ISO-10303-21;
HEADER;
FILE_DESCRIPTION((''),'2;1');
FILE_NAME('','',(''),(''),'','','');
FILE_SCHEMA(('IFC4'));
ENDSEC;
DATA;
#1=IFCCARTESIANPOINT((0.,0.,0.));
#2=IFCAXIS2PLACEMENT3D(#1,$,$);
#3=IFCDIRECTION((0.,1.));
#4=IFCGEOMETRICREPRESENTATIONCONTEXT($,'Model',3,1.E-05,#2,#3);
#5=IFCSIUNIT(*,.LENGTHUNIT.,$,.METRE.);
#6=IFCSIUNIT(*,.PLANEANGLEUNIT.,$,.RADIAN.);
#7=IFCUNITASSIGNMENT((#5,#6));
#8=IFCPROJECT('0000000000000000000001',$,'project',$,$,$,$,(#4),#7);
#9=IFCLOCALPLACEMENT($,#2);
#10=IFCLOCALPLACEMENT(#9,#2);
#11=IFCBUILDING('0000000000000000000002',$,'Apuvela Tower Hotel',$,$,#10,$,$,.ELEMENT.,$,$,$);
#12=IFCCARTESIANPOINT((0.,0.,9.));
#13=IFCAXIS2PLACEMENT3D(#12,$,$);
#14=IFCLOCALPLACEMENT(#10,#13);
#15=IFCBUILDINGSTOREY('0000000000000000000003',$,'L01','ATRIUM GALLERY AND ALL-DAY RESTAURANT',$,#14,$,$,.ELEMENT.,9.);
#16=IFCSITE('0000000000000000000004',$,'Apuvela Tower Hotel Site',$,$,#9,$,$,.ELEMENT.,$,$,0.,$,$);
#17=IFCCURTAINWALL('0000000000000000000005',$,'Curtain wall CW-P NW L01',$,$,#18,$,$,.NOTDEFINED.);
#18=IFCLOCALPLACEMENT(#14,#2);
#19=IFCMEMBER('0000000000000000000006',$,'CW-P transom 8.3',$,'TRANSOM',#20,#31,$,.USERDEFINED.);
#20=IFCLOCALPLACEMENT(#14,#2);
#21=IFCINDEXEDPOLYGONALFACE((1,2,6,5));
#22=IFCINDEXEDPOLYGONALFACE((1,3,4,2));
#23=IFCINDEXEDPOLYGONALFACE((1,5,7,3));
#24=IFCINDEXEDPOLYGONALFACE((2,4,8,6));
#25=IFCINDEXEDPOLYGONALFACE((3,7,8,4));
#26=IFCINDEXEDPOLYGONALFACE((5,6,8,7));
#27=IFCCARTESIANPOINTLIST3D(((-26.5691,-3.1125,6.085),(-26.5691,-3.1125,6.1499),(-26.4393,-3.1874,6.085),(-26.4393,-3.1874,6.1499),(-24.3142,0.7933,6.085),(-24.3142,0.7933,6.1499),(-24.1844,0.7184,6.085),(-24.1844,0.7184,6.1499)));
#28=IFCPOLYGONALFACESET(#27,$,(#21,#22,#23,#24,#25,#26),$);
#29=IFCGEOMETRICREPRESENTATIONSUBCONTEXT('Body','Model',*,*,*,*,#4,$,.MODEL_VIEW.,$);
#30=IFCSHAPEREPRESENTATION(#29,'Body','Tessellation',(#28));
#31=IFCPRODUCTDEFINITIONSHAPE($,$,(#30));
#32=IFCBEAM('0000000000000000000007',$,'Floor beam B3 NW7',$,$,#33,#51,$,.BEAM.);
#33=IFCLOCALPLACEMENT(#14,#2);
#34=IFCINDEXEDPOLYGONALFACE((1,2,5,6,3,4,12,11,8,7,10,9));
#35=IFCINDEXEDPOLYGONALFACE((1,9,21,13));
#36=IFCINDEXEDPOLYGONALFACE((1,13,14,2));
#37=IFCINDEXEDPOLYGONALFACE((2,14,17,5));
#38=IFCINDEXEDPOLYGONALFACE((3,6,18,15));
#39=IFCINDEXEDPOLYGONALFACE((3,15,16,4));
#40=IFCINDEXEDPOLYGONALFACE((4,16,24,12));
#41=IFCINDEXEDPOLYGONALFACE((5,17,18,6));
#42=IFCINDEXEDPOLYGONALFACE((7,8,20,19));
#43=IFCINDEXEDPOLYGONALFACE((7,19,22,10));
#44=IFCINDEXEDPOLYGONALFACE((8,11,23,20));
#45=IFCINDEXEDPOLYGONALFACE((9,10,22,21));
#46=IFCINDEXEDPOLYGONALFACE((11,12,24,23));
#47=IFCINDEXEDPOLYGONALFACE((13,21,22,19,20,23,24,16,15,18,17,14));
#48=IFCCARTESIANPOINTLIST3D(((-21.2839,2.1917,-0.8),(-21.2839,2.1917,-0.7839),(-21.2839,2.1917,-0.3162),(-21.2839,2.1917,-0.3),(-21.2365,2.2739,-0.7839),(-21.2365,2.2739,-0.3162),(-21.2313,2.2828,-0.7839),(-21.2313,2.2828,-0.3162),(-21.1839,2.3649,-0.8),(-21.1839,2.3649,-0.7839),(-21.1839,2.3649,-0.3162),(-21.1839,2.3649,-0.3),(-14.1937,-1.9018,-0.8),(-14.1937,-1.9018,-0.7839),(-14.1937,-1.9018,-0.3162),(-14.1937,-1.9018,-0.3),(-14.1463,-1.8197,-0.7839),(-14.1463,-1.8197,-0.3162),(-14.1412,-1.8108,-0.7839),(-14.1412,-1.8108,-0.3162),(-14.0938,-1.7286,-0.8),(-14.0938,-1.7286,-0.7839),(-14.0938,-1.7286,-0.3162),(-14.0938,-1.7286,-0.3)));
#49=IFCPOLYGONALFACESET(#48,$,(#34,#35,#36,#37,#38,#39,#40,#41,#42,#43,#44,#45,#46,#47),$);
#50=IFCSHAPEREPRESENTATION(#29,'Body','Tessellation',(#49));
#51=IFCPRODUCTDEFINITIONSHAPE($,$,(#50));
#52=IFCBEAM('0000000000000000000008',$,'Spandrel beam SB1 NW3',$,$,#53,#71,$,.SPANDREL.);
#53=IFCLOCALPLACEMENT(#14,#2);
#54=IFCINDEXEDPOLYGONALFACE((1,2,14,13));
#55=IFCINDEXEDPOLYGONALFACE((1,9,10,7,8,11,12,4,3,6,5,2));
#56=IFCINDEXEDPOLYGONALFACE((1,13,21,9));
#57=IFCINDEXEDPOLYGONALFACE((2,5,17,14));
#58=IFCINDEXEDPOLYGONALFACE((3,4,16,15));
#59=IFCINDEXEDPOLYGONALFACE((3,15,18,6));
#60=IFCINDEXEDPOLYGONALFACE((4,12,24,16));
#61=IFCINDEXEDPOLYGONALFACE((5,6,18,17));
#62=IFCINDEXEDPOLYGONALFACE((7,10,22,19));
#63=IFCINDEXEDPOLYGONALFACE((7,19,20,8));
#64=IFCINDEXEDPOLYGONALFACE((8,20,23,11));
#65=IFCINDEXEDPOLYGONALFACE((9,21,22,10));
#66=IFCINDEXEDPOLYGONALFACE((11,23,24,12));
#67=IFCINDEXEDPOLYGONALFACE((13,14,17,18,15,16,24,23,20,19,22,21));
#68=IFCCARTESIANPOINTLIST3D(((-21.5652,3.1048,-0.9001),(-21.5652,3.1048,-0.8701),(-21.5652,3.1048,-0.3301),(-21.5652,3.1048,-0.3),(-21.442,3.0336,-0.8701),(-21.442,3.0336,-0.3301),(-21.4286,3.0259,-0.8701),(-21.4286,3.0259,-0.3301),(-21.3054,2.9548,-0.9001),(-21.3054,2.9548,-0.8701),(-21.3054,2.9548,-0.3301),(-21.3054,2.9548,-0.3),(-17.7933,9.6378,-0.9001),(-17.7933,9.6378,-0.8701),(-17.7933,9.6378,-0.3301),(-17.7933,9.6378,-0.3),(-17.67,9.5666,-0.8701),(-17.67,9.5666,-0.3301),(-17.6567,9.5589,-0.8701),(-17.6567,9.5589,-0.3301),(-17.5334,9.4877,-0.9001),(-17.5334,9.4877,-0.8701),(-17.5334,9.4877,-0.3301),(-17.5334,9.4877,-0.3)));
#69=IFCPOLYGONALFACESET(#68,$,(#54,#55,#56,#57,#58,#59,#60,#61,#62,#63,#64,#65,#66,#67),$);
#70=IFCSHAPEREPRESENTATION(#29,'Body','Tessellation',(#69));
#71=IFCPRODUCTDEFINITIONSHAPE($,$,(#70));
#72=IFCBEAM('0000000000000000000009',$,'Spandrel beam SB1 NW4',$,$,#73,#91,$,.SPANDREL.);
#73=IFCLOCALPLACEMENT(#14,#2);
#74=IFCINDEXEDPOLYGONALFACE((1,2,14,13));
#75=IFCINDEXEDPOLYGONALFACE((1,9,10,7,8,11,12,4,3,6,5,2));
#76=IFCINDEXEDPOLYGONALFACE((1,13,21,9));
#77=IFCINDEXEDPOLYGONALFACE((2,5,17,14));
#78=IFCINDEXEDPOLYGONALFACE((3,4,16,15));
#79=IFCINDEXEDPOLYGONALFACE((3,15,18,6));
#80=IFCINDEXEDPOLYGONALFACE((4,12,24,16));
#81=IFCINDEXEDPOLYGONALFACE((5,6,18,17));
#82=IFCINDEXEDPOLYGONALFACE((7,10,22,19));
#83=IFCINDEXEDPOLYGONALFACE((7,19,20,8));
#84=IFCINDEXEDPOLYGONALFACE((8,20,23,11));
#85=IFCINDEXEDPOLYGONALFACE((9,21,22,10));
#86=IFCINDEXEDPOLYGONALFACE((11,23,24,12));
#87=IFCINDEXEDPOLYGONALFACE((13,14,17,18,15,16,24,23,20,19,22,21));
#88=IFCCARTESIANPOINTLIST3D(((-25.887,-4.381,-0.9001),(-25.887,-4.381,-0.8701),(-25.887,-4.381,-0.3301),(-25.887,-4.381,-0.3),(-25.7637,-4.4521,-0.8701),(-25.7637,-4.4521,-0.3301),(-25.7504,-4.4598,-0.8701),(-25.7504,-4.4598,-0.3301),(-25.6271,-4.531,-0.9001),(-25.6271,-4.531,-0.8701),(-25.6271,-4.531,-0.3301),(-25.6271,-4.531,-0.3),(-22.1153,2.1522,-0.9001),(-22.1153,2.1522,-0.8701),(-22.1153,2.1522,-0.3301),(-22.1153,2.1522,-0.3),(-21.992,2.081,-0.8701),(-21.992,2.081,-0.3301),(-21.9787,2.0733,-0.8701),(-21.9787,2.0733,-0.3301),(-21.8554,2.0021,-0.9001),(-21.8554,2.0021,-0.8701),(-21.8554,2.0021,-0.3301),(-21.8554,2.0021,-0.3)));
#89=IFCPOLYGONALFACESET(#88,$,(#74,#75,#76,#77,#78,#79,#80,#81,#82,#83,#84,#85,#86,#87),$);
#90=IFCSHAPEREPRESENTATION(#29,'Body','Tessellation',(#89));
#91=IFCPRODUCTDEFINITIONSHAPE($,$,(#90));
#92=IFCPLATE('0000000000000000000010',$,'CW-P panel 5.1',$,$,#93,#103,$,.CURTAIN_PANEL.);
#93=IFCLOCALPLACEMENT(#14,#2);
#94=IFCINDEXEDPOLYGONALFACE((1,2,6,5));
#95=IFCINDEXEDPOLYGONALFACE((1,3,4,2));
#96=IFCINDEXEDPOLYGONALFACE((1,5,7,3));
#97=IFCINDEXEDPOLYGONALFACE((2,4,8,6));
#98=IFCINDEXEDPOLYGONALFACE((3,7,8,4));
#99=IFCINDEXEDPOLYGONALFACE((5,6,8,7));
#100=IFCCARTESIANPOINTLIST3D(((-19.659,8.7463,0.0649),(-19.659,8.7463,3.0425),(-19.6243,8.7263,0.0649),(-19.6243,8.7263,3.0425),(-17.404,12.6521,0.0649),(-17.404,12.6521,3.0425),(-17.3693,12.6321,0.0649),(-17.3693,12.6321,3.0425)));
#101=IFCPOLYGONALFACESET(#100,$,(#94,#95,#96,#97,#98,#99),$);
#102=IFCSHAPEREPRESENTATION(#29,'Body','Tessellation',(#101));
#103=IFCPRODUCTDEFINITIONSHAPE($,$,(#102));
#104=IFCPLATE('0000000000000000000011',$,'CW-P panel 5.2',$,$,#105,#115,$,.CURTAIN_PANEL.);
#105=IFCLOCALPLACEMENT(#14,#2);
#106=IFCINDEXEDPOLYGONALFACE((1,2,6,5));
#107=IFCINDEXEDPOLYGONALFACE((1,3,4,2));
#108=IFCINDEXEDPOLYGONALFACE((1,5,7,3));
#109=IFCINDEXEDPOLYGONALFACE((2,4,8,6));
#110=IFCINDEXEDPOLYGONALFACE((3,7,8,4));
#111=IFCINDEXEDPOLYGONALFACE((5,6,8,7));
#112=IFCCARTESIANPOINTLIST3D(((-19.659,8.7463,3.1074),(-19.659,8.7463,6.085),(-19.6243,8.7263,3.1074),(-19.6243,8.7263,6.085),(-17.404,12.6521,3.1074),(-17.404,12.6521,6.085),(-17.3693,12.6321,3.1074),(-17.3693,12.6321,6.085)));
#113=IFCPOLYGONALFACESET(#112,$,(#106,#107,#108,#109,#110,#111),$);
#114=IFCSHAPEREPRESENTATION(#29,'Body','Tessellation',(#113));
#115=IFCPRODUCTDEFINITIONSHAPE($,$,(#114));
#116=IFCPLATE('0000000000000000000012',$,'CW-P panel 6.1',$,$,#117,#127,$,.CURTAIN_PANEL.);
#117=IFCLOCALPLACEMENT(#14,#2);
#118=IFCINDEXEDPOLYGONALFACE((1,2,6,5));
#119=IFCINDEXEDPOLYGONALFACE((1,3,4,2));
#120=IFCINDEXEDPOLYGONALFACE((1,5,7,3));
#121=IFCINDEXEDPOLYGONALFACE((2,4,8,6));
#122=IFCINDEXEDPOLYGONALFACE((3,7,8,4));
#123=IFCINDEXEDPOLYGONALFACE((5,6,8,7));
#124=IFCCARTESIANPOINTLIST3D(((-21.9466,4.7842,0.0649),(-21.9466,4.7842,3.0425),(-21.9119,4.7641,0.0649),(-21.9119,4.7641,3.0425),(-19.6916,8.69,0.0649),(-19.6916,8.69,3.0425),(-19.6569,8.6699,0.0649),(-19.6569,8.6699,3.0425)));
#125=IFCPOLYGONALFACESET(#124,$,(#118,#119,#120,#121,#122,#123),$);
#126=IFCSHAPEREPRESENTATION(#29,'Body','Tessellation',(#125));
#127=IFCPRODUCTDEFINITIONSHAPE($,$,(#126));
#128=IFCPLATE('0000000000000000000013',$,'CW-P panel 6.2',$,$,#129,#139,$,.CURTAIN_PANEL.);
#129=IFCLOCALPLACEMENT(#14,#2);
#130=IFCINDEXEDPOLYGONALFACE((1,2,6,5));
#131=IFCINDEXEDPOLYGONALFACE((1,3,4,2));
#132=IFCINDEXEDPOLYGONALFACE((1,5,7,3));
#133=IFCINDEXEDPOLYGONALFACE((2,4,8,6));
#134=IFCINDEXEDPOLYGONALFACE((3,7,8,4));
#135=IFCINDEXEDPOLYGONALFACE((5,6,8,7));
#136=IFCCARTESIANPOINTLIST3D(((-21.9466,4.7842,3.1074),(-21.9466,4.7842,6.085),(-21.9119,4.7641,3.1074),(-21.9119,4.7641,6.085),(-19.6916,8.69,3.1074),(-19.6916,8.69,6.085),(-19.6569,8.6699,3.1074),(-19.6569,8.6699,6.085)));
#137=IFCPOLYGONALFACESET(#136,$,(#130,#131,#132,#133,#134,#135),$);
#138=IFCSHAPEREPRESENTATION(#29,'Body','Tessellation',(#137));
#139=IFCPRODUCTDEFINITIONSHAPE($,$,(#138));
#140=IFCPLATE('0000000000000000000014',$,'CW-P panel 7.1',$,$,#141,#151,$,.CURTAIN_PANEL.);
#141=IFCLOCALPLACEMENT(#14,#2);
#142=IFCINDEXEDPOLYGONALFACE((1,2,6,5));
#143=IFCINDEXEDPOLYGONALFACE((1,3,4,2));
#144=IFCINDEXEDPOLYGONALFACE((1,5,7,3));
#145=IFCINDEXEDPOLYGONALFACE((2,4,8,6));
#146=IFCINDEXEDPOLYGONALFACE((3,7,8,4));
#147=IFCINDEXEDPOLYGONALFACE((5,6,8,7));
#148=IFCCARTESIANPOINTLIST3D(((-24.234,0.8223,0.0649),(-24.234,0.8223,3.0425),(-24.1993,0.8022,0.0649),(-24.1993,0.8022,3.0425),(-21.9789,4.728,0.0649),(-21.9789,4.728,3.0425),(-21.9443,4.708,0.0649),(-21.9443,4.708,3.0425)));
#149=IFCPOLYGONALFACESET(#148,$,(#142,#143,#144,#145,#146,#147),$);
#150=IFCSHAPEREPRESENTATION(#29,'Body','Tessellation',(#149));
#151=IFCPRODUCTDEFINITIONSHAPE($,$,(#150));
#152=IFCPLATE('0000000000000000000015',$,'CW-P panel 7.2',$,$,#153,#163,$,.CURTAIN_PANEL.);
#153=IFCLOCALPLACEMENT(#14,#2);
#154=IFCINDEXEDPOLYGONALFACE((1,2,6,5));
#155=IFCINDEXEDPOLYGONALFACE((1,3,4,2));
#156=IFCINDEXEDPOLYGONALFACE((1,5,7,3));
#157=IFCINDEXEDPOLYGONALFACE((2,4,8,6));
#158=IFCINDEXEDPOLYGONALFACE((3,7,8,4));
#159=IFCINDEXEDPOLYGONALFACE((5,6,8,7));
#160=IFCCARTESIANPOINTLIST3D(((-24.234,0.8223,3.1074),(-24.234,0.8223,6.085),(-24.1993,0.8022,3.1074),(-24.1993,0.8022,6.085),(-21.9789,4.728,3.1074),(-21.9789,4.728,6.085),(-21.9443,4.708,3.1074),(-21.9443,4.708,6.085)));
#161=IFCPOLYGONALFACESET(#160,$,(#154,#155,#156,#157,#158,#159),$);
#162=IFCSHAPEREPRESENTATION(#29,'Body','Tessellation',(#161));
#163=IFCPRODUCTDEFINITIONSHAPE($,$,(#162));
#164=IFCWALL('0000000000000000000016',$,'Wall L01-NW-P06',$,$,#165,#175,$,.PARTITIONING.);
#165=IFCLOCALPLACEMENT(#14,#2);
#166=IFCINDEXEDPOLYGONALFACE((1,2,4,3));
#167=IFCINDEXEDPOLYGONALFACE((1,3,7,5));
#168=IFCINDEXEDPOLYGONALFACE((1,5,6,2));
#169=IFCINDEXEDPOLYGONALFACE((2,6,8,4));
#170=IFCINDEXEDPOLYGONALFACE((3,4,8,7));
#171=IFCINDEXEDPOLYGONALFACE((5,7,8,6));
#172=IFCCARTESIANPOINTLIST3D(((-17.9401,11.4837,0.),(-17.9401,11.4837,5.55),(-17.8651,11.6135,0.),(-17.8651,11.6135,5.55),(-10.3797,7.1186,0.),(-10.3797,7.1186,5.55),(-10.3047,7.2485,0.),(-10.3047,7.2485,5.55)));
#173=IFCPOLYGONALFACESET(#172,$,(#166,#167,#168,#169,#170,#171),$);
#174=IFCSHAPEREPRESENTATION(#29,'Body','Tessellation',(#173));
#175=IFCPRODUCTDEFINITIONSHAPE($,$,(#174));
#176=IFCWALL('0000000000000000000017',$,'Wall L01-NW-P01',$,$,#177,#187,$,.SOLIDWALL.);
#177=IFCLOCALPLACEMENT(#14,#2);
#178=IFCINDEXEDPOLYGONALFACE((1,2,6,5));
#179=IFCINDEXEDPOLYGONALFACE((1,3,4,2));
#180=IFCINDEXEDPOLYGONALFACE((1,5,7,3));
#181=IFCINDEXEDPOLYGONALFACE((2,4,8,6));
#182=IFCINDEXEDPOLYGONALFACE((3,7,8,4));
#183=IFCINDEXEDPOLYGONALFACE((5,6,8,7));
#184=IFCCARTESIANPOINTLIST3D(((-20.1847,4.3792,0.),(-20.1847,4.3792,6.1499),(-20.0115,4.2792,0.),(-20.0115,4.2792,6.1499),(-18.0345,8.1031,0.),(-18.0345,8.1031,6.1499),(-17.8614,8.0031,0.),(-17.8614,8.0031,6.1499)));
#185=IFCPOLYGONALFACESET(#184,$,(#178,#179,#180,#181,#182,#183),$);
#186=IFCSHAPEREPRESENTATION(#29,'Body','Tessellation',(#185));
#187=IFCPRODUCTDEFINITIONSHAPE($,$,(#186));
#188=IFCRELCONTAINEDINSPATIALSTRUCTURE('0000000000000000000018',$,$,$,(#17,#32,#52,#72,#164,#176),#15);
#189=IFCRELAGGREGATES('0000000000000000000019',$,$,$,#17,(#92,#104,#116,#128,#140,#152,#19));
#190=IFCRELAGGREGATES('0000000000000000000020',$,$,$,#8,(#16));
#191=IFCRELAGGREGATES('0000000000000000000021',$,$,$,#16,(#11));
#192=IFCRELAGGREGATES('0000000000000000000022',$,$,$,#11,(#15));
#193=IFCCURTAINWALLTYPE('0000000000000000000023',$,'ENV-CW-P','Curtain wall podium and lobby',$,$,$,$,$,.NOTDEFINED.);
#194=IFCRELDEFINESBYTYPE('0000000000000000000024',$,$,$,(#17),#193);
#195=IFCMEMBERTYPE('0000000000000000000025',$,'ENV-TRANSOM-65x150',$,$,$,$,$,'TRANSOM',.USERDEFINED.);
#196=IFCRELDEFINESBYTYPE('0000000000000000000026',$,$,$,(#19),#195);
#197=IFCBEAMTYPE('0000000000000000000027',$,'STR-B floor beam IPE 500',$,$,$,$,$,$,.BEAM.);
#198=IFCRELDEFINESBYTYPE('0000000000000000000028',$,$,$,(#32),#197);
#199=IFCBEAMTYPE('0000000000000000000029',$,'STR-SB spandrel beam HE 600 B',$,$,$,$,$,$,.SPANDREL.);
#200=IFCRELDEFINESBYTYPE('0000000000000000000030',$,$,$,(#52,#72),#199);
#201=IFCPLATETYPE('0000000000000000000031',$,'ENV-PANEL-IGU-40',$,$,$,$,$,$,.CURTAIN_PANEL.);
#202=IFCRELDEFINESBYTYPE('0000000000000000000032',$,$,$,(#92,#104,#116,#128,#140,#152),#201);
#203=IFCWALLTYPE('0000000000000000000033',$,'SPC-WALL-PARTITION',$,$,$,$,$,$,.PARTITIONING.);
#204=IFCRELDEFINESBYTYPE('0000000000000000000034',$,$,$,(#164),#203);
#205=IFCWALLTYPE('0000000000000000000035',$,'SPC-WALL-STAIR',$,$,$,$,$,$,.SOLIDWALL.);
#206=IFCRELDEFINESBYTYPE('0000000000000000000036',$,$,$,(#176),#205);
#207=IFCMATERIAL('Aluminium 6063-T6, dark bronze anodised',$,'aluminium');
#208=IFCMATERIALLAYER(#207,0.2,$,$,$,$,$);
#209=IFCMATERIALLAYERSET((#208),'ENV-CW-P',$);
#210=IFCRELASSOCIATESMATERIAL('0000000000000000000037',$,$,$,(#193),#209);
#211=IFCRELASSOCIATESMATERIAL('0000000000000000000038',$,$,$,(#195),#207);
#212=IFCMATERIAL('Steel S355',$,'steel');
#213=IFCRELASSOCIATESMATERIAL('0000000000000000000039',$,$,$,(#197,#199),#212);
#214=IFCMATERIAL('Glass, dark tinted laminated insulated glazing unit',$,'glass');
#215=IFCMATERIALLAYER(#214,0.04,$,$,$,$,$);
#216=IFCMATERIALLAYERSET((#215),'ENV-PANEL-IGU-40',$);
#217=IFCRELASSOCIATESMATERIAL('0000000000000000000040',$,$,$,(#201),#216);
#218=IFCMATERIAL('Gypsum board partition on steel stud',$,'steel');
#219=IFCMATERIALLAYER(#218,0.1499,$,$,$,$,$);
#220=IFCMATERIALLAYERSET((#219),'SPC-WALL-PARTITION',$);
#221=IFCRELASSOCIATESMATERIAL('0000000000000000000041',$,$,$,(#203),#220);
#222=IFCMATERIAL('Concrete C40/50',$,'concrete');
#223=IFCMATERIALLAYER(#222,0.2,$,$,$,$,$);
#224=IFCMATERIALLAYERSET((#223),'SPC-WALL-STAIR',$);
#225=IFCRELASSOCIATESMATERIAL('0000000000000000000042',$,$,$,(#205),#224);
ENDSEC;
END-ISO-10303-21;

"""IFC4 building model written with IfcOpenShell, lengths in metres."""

from ifc_helpers import new_model, si_unit, direction, frame, frame_2d, origin, origin_2d, place, context, subcontext, project, spatial, rectangle, i_section, extrude, material, layer, layer_set, material_profile, profile_set, type_object, element, aggregate, save


model = new_model("IFC4")

# Units and contexts
model_context = context("Model", 3, precision=1e-05, world=origin(), true_north=direction((0.0, 1.0)))
body_context = subcontext(model_context, "Body", "Model", "MODEL_VIEW")
ifc_project = project(units=[si_unit("LENGTHUNIT", "METRE"), si_unit("PLANEANGLEUNIT", "RADIAN")], contexts=[model_context])

# Site, building, storey
site_placement = place(None, origin())
site = spatial("IfcSite", under=ifc_project, at=site_placement, Name="Apuvela Tower Hotel Site", CompositionType="ELEMENT", RefElevation=0.0)
building_placement = place(site_placement, origin())
building = spatial("IfcBuilding", under=site, at=building_placement, Name="Apuvela Tower Hotel", CompositionType="ELEMENT")
storey_placement = place(building_placement, frame((0.0, 0.0, 9.0)))
storey = spatial("IfcBuildingStorey", under=building, at=storey_placement, Name="L01", Description="ATRIUM GALLERY AND ALL-DAY RESTAURANT", CompositionType="ELEMENT", Elevation=9.0)

# Curtain wall, member
ifc_material_1 = material(Name="Aluminium 6063-T6, dark bronze anodised", Category="aluminium")
ifc_layer_1 = layer(ifc_material_1, 0.2)
ifc_layer_set_1 = layer_set([ifc_layer_1], Name="ENV-CW-P")
curtain_wall_type = type_object("IfcCurtainWallType", Name="ENV-CW-P", Description="Curtain wall podium and lobby", PredefinedType="NOTDEFINED", material=ifc_layer_set_1)
curtain_wall_placement = place(storey_placement, origin())
curtain_wall = element("IfcCurtainWall", 1, at=curtain_wall_placement, inside=storey, type_object=curtain_wall_type, Name="Curtain wall CW-P NW L01", PredefinedType="NOTDEFINED")
ifc_material_profile_1 = material_profile(ifc_material_1, rectangle(XDim=0.1499, YDim=0.0649, at=origin_2d()), Name="AL 65x150 transom")
ifc_profile_set_1 = profile_set([ifc_material_profile_1], Name="Aluminium 6063-T6, dark bronze anodised")
member_type_1 = type_object("IfcMemberType", Name="ENV-TRANSOM-65x150", ElementType="TRANSOM", PredefinedType="USERDEFINED", material=ifc_profile_set_1)
member_1_placement = place(storey_placement, frame((-24.2493, 0.7559, 6.1174), z_axis=(-0.499982, -0.866036, 0.0), x_axis=(0.866036, -0.499982, 0.0)))
member_1 = element("IfcMember", 2, at=member_1_placement, type_object=member_type_1, Name="CW-P transom 8.3", ObjectType="TRANSOM", PredefinedType="USERDEFINED", context=body_context, shape_type="SweptSolid", body=[
    extrude(rectangle(XDim=0.1499, YDim=0.0649, at=origin_2d()), origin(), (0.0, 0.0, 1.0), 4.51),
])

# Beams
ifc_material_2 = material(Name="Steel S355", Category="steel")
ifc_material_profile_2 = material_profile(ifc_material_2, i_section(OverallWidth=0.2, OverallDepth=0.5, WebThickness=0.0103, FlangeThickness=0.0161, at=origin_2d()), Name="IPE 500")
ifc_profile_set_2 = profile_set([ifc_material_profile_2], Name="Steel S355")
beam_type_1 = type_object("IfcBeamType", Name="STR-B floor beam IPE 500", PredefinedType="BEAM", material=ifc_profile_set_2)
beam_placement = place(storey_placement, frame((-21.2339, 2.2783, -0.55), z_axis=(0.866023, -0.500004, 0.0), x_axis=(0.500004, 0.866023, 0.0)))
element("IfcBeam", 3, at=beam_placement, inside=storey, type_object=beam_type_1, Name="Floor beam B3 NW7", PredefinedType="BEAM", context=body_context, shape_type="SweptSolid", body=[
    extrude(i_section(OverallWidth=0.2, OverallDepth=0.5, WebThickness=0.0103, FlangeThickness=0.0161, at=origin_2d()), origin(), (0.0, 0.0, 1.0), 8.187),
])
ifc_material_profile_3 = material_profile(ifc_material_2, i_section(OverallWidth=0.3, OverallDepth=0.6001, WebThickness=0.0154, FlangeThickness=0.03, at=origin_2d()), Name="HE 600 B")
ifc_profile_set_3 = profile_set([ifc_material_profile_3], Name="Steel S355")
beam_type_2 = type_object("IfcBeamType", Name="STR-SB spandrel beam HE 600 B", PredefinedType="SPANDREL", material=ifc_profile_set_3)
for number, where, z_axis, x_axis, name in (
    (4, (-17.6633, 9.5627, -0.6001), (-0.500017, -0.866016, 0.0), (0.866016, -0.500017, 0.0), "Spandrel beam SB1 NW3"),
    (5, (-21.9854, 2.0771, -0.6001), (-0.499978, -0.866038, 0.0), (0.866038, -0.499978, 0.0), "Spandrel beam SB1 NW4"),
):
    element("IfcBeam", number, at=place(storey_placement, frame(where, z_axis=z_axis, x_axis=x_axis)), inside=storey, type_object=beam_type_2, Name=name, PredefinedType="SPANDREL", context=body_context, shape_type="SweptSolid", body=[
        extrude(i_section(OverallWidth=0.3, OverallDepth=0.6001, WebThickness=0.0154, FlangeThickness=0.03, at=origin_2d()), origin(), (0.0, 0.0, 1.0), 7.5437),
    ])

# Plates
ifc_material_3 = material(Name="Glass, dark tinted laminated insulated glazing unit", Category="glass")
ifc_layer_2 = layer(ifc_material_3, 0.04)
ifc_layer_set_2 = layer_set([ifc_layer_2], Name="ENV-PANEL-IGU-40")
plate_type = type_object("IfcPlateType", Name="ENV-PANEL-IGU-40", PredefinedType="CURTAIN_PANEL", material=ifc_layer_set_2)
plate_1_placement = place(storey_placement, frame((-18.5142, 10.6892, 0.0649), z_axis=(0.0, 0.0, 1.0), x_axis=(-0.5, -0.866025, 0.0)))
plate_1 = element("IfcPlate", 6, at=plate_1_placement, type_object=plate_type, Name="CW-P panel 5.1", PredefinedType="CURTAIN_PANEL", context=body_context, shape_type="SweptSolid", body=[
    extrude(rectangle(XDim=4.51, YDim=0.04, at=origin_2d()), origin(), (0.0, 0.0, 1.0), 2.9775),
])
plate_2_placement = place(storey_placement, frame((-18.5142, 10.6892, 3.1074), z_axis=(0.0, 0.0, 1.0), x_axis=(-0.5, -0.866025, 0.0)))
plate_2 = element("IfcPlate", 7, at=plate_2_placement, type_object=plate_type, Name="CW-P panel 5.2", PredefinedType="CURTAIN_PANEL", context=body_context, shape_type="SweptSolid", body=[
    extrude(rectangle(XDim=4.51, YDim=0.04, at=origin_2d()), origin(), (0.0, 0.0, 1.0), 2.9775),
])
plate_3_placement = place(storey_placement, frame((-20.8018, 6.7271, 0.0649), z_axis=(0.0, 0.0, 1.0), x_axis=(-0.5, -0.866025, 0.0)))
plate_3 = element("IfcPlate", 8, at=plate_3_placement, type_object=plate_type, Name="CW-P panel 6.1", PredefinedType="CURTAIN_PANEL", context=body_context, shape_type="SweptSolid", body=[
    extrude(rectangle(XDim=4.51, YDim=0.04, at=origin_2d()), origin(), (0.0, 0.0, 1.0), 2.9775),
])
plate_4_placement = place(storey_placement, frame((-20.8018, 6.7271, 3.1074), z_axis=(0.0, 0.0, 1.0), x_axis=(-0.5, -0.866025, 0.0)))
plate_4 = element("IfcPlate", 9, at=plate_4_placement, type_object=plate_type, Name="CW-P panel 6.2", PredefinedType="CURTAIN_PANEL", context=body_context, shape_type="SweptSolid", body=[
    extrude(rectangle(XDim=4.51, YDim=0.04, at=origin_2d()), origin(), (0.0, 0.0, 1.0), 2.9775),
])
plate_5_placement = place(storey_placement, frame((-23.0891, 2.7651, 0.0649), z_axis=(0.0, 0.0, 1.0), x_axis=(-0.5, -0.866025, 0.0)))
plate_5 = element("IfcPlate", 10, at=plate_5_placement, type_object=plate_type, Name="CW-P panel 7.1", PredefinedType="CURTAIN_PANEL", context=body_context, shape_type="SweptSolid", body=[
    extrude(rectangle(XDim=4.51, YDim=0.04, at=origin_2d()), origin(), (0.0, 0.0, 1.0), 2.9775),
])
plate_6_placement = place(storey_placement, frame((-23.0891, 2.7651, 3.1074), z_axis=(0.0, 0.0, 1.0), x_axis=(-0.5, -0.866025, 0.0)))
plate_6 = element("IfcPlate", 11, at=plate_6_placement, type_object=plate_type, Name="CW-P panel 7.2", PredefinedType="CURTAIN_PANEL", context=body_context, shape_type="SweptSolid", body=[
    extrude(rectangle(XDim=4.51, YDim=0.04, at=origin_2d()), origin(), (0.0, 0.0, 1.0), 2.9775),
])
aggregate(curtain_wall, [plate_1, plate_2, plate_3, plate_4, plate_5, plate_6, member_1])

# Walls
ifc_material_4 = material(Name="Gypsum board partition on steel stud", Category="steel")
ifc_layer_3 = layer(ifc_material_4, 0.1499)
ifc_layer_set_3 = layer_set([ifc_layer_3], Name="SPC-WALL-PARTITION")
wall_type_1 = type_object("IfcWallType", Name="SPC-WALL-PARTITION", PredefinedType="PARTITIONING", material=ifc_layer_set_3)
wall_1_placement = place(storey_placement, frame((-17.9026, 11.5486, 0.0), z_axis=(0.0, 0.0, 1.0), x_axis=(0.866023, -0.500004, 0.0)))
element("IfcWall", 12, at=wall_1_placement, inside=storey, type_object=wall_type_1, Name="Wall L01-NW-P06", PredefinedType="PARTITIONING", context=body_context, shape_type="SweptSolid", body=[
    extrude(rectangle(XDim=8.73, YDim=0.1499, at=frame_2d((4.365, 0.0))), origin(), (0.0, 0.0, 1.0), 5.55),
])
ifc_material_5 = material(Name="Concrete C40/50", Category="concrete")
ifc_layer_4 = layer(ifc_material_5, 0.2)
ifc_layer_set_4 = layer_set([ifc_layer_4], Name="SPC-WALL-STAIR")
wall_type_2 = type_object("IfcWallType", Name="SPC-WALL-STAIR", PredefinedType="SOLIDWALL", material=ifc_layer_set_4)
wall_2_placement = place(storey_placement, frame((-17.948, 8.053, 0.0), z_axis=(0.0, 0.0, 1.0), x_axis=(-0.500029, -0.866009, 0.0)))
element("IfcWall", 13, at=wall_2_placement, inside=storey, type_object=wall_type_2, Name="Wall L01-NW-P01", PredefinedType="SOLIDWALL", context=body_context, shape_type="SweptSolid", body=[
    extrude(rectangle(XDim=4.3, YDim=0.2, at=frame_2d((2.1499, 0.0))), origin(), (0.0, 0.0, 1.0), 6.1499),
])

save(model, "model.ifc")
